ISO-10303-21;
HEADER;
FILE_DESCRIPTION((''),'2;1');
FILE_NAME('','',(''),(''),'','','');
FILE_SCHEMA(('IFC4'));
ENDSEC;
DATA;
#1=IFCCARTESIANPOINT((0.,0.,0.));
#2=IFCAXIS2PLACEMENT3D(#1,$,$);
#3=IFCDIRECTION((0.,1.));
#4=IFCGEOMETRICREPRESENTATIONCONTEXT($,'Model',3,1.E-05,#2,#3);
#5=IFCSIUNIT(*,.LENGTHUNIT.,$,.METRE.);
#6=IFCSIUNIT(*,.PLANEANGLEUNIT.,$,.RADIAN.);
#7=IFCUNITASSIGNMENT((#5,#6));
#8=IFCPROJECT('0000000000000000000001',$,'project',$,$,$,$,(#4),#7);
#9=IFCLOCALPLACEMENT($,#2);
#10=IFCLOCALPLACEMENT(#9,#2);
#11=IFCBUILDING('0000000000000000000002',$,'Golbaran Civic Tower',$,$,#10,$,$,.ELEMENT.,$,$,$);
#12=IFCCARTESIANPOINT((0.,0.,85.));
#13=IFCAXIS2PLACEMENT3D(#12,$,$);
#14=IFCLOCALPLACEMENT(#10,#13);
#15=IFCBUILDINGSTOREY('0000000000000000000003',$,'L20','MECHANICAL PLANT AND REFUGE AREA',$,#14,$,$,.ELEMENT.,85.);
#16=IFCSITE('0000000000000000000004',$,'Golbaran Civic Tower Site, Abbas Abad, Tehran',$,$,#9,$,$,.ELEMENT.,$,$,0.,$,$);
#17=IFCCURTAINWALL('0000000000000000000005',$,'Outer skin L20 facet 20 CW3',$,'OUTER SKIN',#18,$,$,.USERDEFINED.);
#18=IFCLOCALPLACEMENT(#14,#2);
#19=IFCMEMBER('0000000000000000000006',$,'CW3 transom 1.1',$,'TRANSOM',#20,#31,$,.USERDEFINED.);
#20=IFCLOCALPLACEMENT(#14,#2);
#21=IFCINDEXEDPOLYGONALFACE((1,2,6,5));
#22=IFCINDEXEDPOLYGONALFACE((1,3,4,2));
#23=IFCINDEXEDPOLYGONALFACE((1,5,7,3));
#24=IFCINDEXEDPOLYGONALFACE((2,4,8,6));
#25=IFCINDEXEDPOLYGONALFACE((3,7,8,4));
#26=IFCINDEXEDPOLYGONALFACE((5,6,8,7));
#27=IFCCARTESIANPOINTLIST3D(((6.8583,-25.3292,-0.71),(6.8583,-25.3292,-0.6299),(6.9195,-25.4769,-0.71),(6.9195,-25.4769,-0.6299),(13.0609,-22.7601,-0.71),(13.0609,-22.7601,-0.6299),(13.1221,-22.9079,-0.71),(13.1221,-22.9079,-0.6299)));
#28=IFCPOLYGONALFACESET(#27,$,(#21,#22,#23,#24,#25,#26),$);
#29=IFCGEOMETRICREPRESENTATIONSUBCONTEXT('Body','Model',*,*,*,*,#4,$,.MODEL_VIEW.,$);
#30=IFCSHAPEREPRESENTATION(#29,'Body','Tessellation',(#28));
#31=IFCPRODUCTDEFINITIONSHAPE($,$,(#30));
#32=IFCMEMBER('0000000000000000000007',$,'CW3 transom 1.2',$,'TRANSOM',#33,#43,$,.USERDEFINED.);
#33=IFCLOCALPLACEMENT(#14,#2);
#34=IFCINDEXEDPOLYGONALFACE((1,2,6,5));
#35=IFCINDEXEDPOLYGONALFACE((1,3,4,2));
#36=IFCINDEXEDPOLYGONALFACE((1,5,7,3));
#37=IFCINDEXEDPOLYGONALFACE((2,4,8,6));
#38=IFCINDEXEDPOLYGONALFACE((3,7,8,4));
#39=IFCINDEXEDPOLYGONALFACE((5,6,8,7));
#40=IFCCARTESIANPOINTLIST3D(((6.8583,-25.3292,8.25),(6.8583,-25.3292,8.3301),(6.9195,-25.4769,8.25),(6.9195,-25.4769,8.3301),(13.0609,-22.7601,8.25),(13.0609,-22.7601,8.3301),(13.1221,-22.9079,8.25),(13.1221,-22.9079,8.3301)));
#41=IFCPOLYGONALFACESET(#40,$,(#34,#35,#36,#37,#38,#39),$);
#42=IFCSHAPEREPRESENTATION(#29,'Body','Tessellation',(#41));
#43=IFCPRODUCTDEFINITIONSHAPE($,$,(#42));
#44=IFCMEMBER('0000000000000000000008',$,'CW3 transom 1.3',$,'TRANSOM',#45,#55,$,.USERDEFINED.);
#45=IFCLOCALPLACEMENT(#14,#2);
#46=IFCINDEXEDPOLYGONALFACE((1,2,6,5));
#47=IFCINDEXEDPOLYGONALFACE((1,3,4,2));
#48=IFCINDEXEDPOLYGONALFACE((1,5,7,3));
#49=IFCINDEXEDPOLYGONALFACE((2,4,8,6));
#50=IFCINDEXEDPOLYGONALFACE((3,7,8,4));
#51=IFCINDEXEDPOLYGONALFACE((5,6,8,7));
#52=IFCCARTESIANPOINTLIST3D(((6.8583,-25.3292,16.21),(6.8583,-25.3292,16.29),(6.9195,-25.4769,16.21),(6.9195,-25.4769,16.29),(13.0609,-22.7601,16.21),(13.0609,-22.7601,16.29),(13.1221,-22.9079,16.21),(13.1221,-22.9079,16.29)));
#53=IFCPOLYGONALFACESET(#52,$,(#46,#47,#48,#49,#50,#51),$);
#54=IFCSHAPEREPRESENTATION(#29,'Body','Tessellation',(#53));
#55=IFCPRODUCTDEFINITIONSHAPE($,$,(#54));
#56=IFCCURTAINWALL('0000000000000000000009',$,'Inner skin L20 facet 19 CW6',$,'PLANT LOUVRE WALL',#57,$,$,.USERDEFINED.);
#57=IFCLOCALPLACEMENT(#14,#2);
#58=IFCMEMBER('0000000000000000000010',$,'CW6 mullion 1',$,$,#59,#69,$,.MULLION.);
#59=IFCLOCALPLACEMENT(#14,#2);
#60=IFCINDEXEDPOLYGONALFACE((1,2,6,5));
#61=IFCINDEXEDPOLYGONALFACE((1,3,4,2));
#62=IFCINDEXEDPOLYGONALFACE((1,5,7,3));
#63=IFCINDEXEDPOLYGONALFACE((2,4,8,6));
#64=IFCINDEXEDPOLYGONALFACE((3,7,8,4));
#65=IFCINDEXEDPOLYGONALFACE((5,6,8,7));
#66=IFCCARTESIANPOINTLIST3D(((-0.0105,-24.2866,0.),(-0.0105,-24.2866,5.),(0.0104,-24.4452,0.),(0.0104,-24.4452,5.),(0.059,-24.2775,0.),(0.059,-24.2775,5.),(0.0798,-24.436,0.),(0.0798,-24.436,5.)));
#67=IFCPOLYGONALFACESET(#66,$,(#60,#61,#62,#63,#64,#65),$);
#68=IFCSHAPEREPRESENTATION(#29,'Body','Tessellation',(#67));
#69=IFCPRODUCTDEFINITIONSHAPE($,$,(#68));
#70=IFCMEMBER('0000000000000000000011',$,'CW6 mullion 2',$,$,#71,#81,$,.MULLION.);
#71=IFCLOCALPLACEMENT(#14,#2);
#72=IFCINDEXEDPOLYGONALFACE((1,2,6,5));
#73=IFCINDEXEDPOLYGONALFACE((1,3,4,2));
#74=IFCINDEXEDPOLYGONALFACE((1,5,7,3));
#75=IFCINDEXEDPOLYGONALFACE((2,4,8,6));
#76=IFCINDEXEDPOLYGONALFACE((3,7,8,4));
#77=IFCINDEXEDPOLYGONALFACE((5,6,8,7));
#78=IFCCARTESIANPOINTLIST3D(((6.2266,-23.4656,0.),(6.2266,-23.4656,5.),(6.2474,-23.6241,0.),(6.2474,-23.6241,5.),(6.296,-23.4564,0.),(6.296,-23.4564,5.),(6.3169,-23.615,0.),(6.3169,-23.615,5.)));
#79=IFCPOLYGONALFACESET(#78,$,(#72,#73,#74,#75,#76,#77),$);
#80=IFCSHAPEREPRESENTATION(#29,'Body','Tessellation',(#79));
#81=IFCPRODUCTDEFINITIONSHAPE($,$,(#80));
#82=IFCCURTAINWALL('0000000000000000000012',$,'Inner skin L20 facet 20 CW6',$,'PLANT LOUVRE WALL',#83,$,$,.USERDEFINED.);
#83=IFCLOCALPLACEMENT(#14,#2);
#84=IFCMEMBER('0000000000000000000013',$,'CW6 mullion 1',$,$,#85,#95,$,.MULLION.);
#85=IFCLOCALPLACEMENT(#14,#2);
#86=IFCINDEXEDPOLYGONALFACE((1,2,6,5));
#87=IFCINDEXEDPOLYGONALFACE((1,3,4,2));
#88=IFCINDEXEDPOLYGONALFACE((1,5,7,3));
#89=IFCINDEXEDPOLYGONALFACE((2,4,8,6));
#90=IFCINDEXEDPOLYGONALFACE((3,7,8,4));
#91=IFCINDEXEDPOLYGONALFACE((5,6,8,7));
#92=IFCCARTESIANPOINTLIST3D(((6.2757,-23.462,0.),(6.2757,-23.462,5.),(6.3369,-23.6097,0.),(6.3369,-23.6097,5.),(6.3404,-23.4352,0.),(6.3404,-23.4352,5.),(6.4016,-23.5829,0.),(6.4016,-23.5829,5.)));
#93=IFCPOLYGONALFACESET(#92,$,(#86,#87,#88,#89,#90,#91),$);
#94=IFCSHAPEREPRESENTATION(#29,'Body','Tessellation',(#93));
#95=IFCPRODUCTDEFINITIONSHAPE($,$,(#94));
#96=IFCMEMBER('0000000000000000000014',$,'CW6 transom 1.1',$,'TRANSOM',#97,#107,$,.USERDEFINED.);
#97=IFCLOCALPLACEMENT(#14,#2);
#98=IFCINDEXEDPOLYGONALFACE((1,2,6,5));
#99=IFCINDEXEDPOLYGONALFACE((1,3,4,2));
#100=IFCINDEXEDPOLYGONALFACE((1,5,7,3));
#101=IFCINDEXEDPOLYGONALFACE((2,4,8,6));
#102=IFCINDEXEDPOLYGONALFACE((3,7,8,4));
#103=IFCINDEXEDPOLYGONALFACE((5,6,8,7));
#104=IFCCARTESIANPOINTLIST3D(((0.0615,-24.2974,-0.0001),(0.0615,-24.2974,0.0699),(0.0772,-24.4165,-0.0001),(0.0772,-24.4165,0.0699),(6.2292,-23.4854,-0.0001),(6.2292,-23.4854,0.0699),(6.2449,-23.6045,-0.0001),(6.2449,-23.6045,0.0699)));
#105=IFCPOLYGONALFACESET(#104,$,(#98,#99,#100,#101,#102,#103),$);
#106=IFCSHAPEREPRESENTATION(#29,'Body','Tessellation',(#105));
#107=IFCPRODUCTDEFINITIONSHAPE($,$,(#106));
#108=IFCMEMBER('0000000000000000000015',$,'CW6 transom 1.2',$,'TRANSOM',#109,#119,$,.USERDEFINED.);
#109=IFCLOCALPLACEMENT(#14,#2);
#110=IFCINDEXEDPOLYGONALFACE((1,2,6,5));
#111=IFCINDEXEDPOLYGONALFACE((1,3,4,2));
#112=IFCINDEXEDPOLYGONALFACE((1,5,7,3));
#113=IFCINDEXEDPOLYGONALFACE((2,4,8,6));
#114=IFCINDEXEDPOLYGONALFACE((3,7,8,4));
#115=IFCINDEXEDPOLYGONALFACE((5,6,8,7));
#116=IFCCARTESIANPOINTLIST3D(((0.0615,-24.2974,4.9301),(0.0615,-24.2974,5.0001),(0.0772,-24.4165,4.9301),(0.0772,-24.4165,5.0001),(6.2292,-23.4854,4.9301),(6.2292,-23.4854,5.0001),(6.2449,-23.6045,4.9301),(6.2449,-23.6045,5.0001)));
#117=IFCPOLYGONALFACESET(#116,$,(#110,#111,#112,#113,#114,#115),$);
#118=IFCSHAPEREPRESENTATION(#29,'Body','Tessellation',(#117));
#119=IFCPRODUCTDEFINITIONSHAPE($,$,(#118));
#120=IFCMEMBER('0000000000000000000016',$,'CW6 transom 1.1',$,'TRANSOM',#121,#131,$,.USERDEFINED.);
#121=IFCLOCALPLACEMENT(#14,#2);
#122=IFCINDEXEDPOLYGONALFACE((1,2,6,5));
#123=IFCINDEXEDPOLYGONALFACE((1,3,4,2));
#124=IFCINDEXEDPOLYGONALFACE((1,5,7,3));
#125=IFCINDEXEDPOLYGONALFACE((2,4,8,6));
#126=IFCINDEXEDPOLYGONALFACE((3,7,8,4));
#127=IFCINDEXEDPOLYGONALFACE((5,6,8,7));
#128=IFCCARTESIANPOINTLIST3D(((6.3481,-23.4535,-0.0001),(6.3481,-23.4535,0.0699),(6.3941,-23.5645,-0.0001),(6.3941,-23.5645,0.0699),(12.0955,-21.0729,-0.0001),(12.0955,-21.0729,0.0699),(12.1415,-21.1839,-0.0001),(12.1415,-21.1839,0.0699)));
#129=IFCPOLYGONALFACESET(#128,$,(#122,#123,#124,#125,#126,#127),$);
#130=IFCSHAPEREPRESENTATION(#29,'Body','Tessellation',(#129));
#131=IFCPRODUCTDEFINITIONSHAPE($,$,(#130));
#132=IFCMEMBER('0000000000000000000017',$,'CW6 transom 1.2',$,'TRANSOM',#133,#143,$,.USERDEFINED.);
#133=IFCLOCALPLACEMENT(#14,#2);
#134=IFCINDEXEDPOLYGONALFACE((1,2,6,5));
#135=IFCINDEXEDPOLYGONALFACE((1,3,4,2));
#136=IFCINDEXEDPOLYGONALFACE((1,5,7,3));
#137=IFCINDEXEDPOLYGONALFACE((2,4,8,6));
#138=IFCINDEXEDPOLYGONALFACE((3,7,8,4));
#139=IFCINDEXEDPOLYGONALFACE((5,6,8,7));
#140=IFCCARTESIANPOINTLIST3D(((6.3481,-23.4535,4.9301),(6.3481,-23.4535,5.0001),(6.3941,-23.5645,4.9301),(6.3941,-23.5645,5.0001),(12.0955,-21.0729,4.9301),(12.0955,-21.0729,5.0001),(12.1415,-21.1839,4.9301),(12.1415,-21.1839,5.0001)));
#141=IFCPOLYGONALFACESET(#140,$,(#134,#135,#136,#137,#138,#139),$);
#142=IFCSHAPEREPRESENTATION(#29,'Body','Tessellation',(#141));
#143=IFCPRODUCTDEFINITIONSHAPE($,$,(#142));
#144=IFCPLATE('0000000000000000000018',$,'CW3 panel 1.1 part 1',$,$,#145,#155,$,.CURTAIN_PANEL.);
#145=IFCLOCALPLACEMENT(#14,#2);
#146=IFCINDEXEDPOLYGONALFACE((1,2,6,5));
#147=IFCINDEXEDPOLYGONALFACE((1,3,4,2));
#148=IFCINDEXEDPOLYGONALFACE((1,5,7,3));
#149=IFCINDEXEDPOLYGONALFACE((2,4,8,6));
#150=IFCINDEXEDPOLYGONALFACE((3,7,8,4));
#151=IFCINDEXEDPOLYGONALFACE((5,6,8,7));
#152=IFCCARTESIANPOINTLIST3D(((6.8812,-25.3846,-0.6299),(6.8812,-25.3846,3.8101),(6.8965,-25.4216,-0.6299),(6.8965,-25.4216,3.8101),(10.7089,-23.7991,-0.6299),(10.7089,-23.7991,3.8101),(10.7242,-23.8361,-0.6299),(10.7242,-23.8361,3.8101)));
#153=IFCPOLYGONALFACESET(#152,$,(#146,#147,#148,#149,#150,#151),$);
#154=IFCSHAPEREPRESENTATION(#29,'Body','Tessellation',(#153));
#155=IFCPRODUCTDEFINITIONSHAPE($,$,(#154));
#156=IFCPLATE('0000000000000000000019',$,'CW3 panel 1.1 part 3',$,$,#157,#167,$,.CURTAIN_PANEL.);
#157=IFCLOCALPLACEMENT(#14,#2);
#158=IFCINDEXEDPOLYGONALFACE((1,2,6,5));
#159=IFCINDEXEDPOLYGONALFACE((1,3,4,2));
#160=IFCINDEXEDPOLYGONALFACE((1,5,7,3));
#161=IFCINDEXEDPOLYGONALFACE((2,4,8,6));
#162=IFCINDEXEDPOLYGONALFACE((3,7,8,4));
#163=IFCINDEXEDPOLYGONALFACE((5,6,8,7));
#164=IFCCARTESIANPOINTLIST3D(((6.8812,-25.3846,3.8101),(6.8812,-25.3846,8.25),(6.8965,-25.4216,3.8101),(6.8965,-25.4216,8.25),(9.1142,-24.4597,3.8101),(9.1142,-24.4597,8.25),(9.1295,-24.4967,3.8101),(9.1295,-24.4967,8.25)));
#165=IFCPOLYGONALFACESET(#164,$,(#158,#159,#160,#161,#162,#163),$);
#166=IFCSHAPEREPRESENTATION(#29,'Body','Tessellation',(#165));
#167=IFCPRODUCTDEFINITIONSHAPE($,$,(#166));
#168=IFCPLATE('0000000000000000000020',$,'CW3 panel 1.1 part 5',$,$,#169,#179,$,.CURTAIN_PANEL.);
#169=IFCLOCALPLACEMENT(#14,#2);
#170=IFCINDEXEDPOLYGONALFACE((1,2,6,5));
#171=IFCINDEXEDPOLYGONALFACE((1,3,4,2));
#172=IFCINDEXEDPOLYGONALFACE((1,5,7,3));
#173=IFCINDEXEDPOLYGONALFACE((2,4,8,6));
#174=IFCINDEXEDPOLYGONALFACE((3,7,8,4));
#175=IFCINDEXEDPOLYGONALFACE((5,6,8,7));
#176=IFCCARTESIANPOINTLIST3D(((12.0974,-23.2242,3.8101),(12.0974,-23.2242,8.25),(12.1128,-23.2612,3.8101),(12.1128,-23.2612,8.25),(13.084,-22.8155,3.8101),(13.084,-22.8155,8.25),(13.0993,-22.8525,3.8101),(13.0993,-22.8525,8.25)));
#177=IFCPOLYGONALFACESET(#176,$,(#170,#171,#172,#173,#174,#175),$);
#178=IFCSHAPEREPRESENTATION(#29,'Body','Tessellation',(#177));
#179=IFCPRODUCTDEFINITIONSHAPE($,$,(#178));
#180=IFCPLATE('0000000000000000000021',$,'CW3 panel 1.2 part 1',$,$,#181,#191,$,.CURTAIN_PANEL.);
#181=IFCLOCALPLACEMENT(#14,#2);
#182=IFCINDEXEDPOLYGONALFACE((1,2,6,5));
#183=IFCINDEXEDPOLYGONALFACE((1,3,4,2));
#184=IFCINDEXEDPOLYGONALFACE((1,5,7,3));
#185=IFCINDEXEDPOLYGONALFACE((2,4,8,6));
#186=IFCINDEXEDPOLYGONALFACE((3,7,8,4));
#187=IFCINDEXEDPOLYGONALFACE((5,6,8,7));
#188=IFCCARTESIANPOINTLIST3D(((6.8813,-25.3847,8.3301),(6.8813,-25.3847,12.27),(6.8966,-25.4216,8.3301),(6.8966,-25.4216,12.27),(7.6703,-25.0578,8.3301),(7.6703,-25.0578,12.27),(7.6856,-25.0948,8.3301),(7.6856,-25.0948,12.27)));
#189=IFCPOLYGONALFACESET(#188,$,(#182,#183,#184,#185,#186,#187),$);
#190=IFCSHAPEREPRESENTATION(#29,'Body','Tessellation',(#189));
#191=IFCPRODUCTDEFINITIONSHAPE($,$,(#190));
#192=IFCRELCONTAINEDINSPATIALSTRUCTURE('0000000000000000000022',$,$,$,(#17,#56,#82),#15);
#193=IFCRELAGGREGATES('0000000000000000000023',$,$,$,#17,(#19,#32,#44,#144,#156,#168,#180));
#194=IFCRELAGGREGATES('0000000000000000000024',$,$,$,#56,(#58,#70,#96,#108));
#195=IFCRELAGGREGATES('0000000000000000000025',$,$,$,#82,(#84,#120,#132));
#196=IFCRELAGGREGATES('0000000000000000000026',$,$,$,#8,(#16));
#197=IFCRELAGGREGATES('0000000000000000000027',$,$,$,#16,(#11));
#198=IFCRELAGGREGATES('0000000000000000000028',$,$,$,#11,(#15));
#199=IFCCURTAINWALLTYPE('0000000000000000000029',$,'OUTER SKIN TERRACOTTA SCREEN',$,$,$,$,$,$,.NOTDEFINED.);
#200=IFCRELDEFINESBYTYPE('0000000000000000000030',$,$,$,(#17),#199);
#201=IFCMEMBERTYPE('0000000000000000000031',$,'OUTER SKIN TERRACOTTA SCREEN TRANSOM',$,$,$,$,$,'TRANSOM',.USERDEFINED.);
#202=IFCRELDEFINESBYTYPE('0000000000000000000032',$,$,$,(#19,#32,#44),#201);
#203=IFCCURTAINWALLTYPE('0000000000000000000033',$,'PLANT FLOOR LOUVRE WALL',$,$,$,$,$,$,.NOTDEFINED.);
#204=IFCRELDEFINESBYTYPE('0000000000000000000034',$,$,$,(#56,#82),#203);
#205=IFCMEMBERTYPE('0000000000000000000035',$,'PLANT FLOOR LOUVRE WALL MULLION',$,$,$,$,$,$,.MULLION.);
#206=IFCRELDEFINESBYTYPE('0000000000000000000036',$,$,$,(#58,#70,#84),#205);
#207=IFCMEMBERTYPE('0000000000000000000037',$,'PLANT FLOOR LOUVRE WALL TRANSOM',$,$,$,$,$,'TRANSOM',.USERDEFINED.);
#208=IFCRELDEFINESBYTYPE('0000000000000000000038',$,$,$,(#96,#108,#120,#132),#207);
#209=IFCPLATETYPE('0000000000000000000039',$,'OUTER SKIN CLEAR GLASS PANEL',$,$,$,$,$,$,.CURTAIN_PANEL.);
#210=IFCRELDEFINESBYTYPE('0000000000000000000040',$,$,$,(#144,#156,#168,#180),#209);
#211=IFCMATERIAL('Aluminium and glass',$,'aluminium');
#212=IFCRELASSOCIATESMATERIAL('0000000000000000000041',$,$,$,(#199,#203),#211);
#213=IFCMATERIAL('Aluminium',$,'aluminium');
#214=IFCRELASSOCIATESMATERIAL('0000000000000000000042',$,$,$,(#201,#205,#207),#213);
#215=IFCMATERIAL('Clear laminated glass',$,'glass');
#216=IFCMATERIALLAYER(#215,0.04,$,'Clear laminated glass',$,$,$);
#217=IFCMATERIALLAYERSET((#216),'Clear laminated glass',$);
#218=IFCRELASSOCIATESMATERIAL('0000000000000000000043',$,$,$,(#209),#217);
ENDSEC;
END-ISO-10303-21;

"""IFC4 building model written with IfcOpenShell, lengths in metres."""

from ifc_helpers import new_model, si_unit, direction, frame, origin, origin_2d, place, context, subcontext, project, spatial, rectangle, extrude, material, layer, layer_set, material_profile, profile_set, type_object, element, aggregate, save


model = new_model("IFC4")

# Units and contexts
model_context = context("Model", 3, precision=1e-05, world=origin(), true_north=direction((0.0, 1.0)))
body_context = subcontext(model_context, "Body", "Model", "MODEL_VIEW")
ifc_project = project(units=[si_unit("LENGTHUNIT", "METRE"), si_unit("PLANEANGLEUNIT", "RADIAN")], contexts=[model_context])

# Site, building, storey
site_placement = place(None, origin())
site = spatial("IfcSite", under=ifc_project, at=site_placement, Name="Golbaran Civic Tower Site, Abbas Abad, Tehran", CompositionType="ELEMENT", RefElevation=0.0)
building_placement = place(site_placement, origin())
building = spatial("IfcBuilding", under=site, at=building_placement, Name="Golbaran Civic Tower", CompositionType="ELEMENT")
storey_placement = place(building_placement, frame((0.0, 0.0, 85.0)))
storey = spatial("IfcBuildingStorey", under=building, at=storey_placement, Name="L20", Description="MECHANICAL PLANT AND REFUGE AREA", CompositionType="ELEMENT", Elevation=85.0)

# Shared definitions
ifc_material_1 = material(Name="Aluminium and glass", Category="aluminium")
curtain_wall_type_1 = type_object("IfcCurtainWallType", Name="OUTER SKIN TERRACOTTA SCREEN", PredefinedType="NOTDEFINED", material=ifc_material_1)
ifc_material_2 = material(Name="Aluminium", Category="aluminium")

# Curtain wall
curtain_wall_1_placement = place(storey_placement, origin())
curtain_wall_1 = element("IfcCurtainWall", 1, at=curtain_wall_1_placement, inside=storey, type_object=curtain_wall_type_1, Name="Outer skin L20 facet 20 CW3", ObjectType="OUTER SKIN", PredefinedType="USERDEFINED")

# Members
ifc_material_profile_1 = material_profile(ifc_material_2, rectangle(XDim=0.1599, YDim=0.0801, at=origin_2d()), Name="OUTER SKIN TERRACOTTA SCREEN TRANSOM")
ifc_profile_set_1 = profile_set([ifc_material_profile_1], Name="Aluminium")
member_type_1 = type_object("IfcMemberType", Name="OUTER SKIN TERRACOTTA SCREEN TRANSOM", ElementType="TRANSOM", PredefinedType="USERDEFINED", material=ifc_profile_set_1)
member_1_placement = place(storey_placement, frame((6.8889, -25.4031, -0.6699), z_axis=(0.923886, 0.382668, 0.0), x_axis=(-0.382668, 0.923886, 0.0)))
member_1 = element("IfcMember", 2, at=member_1_placement, type_object=member_type_1, Name="CW3 transom 1.1", ObjectType="TRANSOM", PredefinedType="USERDEFINED", context=body_context, shape_type="SweptSolid", body=[
    extrude(rectangle(XDim=0.1599, YDim=0.0801, at=origin_2d()), origin(), (0.0, 0.0, 1.0), 6.7136),
])
member_2_placement = place(storey_placement, frame((6.8889, -25.4031, 8.29), z_axis=(0.923886, 0.382668, 0.0), x_axis=(-0.382668, 0.923886, 0.0)))
member_2 = element("IfcMember", 3, at=member_2_placement, type_object=member_type_1, Name="CW3 transom 1.2", ObjectType="TRANSOM", PredefinedType="USERDEFINED", context=body_context, shape_type="SweptSolid", body=[
    extrude(rectangle(XDim=0.1599, YDim=0.0801, at=origin_2d()), origin(), (0.0, 0.0, 1.0), 6.7136),
])
member_3_placement = place(storey_placement, frame((6.8889, -25.4031, 16.25), z_axis=(0.923886, 0.382668, 0.0), x_axis=(-0.382668, 0.923886, 0.0)))
member_3 = element("IfcMember", 4, at=member_3_placement, type_object=member_type_1, Name="CW3 transom 1.3", ObjectType="TRANSOM", PredefinedType="USERDEFINED", context=body_context, shape_type="SweptSolid", body=[
    extrude(rectangle(XDim=0.1599, YDim=0.0801, at=origin_2d()), origin(), (0.0, 0.0, 1.0), 6.7136),
])

# Curtain wall, members
curtain_wall_type_2 = type_object("IfcCurtainWallType", Name="PLANT FLOOR LOUVRE WALL", PredefinedType="NOTDEFINED", material=ifc_material_1)
curtain_wall_2_placement = place(storey_placement, origin())
curtain_wall_2 = element("IfcCurtainWall", 5, at=curtain_wall_2_placement, inside=storey, type_object=curtain_wall_type_2, Name="Inner skin L20 facet 19 CW6", ObjectType="PLANT LOUVRE WALL", PredefinedType="USERDEFINED")
ifc_material_profile_2 = material_profile(ifc_material_2, rectangle(XDim=0.1599, YDim=0.0701, at=origin_2d()), Name="PLANT FLOOR LOUVRE WALL MULLION")
ifc_profile_set_2 = profile_set([ifc_material_profile_2], Name="Aluminium")
member_type_2 = type_object("IfcMemberType", Name="PLANT FLOOR LOUVRE WALL MULLION", PredefinedType="MULLION", material=ifc_profile_set_2)
member_4_placement = place(storey_placement, frame((0.0347, -24.3613, 0.0), z_axis=(0.0, 0.0, 1.0), x_axis=(-0.130526, 0.991445, 0.0)))
member_4 = element("IfcMember", 6, at=member_4_placement, type_object=member_type_2, Name="CW6 mullion 1", PredefinedType="MULLION", context=body_context, shape_type="SweptSolid", body=[
    extrude(rectangle(XDim=0.1599, YDim=0.0701, at=origin_2d()), origin(), (0.0, 0.0, 1.0), 5.0),
])
member_5_placement = place(storey_placement, frame((6.2717, -23.5403, 0.0), z_axis=(0.0, 0.0, 1.0), x_axis=(-0.130526, 0.991445, 0.0)))
member_5 = element("IfcMember", 7, at=member_5_placement, type_object=member_type_2, Name="CW6 mullion 2", PredefinedType="MULLION", context=body_context, shape_type="SweptSolid", body=[
    extrude(rectangle(XDim=0.1599, YDim=0.0701, at=origin_2d()), origin(), (0.0, 0.0, 1.0), 5.0),
])

# Curtain wall, member
curtain_wall_3_placement = place(storey_placement, origin())
curtain_wall_3 = element("IfcCurtainWall", 8, at=curtain_wall_3_placement, inside=storey, type_object=curtain_wall_type_2, Name="Inner skin L20 facet 20 CW6", ObjectType="PLANT LOUVRE WALL", PredefinedType="USERDEFINED")
member_6_placement = place(storey_placement, frame((6.3386, -23.5225, 0.0), z_axis=(0.0, 0.0, 1.0), x_axis=(-0.382683, 0.92388, 0.0)))
member_6 = element("IfcMember", 9, at=member_6_placement, type_object=member_type_2, Name="CW6 mullion 1", PredefinedType="MULLION", context=body_context, shape_type="SweptSolid", body=[
    extrude(rectangle(XDim=0.1599, YDim=0.0701, at=origin_2d()), origin(), (0.0, 0.0, 1.0), 5.0),
])

# Members
ifc_material_profile_3 = material_profile(ifc_material_2, rectangle(XDim=0.1201, YDim=0.0701, at=origin_2d()), Name="PLANT FLOOR LOUVRE WALL TRANSOM")
ifc_profile_set_3 = profile_set([ifc_material_profile_3], Name="Aluminium")
member_type_3 = type_object("IfcMemberType", Name="PLANT FLOOR LOUVRE WALL TRANSOM", ElementType="TRANSOM", PredefinedType="USERDEFINED", material=ifc_profile_set_3)
member_7_placement = place(storey_placement, frame((0.0693, -24.3569, 0.0349), z_axis=(0.991445, 0.130529, 0.0), x_axis=(-0.130529, 0.991445, 0.0)))
member_7 = element("IfcMember", 10, at=member_7_placement, type_object=member_type_3, Name="CW6 transom 1.1", ObjectType="TRANSOM", PredefinedType="USERDEFINED", context=body_context, shape_type="SweptSolid", body=[
    extrude(rectangle(XDim=0.1201, YDim=0.0701, at=origin_2d()), origin(), (0.0, 0.0, 1.0), 6.2209),
])
member_8_placement = place(storey_placement, frame((0.0693, -24.3569, 4.9651), z_axis=(0.991445, 0.130529, 0.0), x_axis=(-0.130529, 0.991445, 0.0)))
member_8 = element("IfcMember", 11, at=member_8_placement, type_object=member_type_3, Name="CW6 transom 1.2", ObjectType="TRANSOM", PredefinedType="USERDEFINED", context=body_context, shape_type="SweptSolid", body=[
    extrude(rectangle(XDim=0.1201, YDim=0.0701, at=origin_2d()), origin(), (0.0, 0.0, 1.0), 6.2209),
])
member_9_placement = place(storey_placement, frame((6.3711, -23.509, 0.0349), z_axis=(0.92388, 0.382683, 0.0), x_axis=(-0.382683, 0.92388, 0.0)))
member_9 = element("IfcMember", 12, at=member_9_placement, type_object=member_type_3, Name="CW6 transom 1.1", ObjectType="TRANSOM", PredefinedType="USERDEFINED", context=body_context, shape_type="SweptSolid", body=[
    extrude(rectangle(XDim=0.1201, YDim=0.0701, at=origin_2d()), origin(), (0.0, 0.0, 1.0), 6.2209),
])
member_10_placement = place(storey_placement, frame((6.3711, -23.509, 4.9651), z_axis=(0.92388, 0.382683, 0.0), x_axis=(-0.382683, 0.92388, 0.0)))
member_10 = element("IfcMember", 13, at=member_10_placement, type_object=member_type_3, Name="CW6 transom 1.2", ObjectType="TRANSOM", PredefinedType="USERDEFINED", context=body_context, shape_type="SweptSolid", body=[
    extrude(rectangle(XDim=0.1201, YDim=0.0701, at=origin_2d()), origin(), (0.0, 0.0, 1.0), 6.2209),
])

# Plates
ifc_material_3 = material(Name="Clear laminated glass", Category="glass")
ifc_layer_1 = layer(ifc_material_3, 0.04, Name="Clear laminated glass")
ifc_layer_set_1 = layer_set([ifc_layer_1], Name="Clear laminated glass")
plate_type_1 = type_object("IfcPlateType", Name="OUTER SKIN CLEAR GLASS PANEL", PredefinedType="CURTAIN_PANEL", material=ifc_layer_set_1)
plate_1_placement = place(storey_placement, frame((8.8027, -24.6104, -0.6299), z_axis=(0.0, 0.0, 1.0), x_axis=(0.92388, 0.382683, 0.0)))
plate_1 = element("IfcPlate", 14, at=plate_1_placement, type_object=plate_type_1, Name="CW3 panel 1.1 part 1", PredefinedType="CURTAIN_PANEL", context=body_context, shape_type="SweptSolid", body=[
    extrude(rectangle(XDim=4.1431, YDim=0.04, at=origin_2d()), origin(), (0.0, 0.0, 1.0), 4.4399),
])
plate_2_placement = place(storey_placement, frame((8.0054, -24.9407, 3.8101), z_axis=(0.0, 0.0, 1.0), x_axis=(0.92388, 0.382683, 0.0)))
plate_2 = element("IfcPlate", 15, at=plate_2_placement, type_object=plate_type_1, Name="CW3 panel 1.1 part 3", PredefinedType="CURTAIN_PANEL", context=body_context, shape_type="SweptSolid", body=[
    extrude(rectangle(XDim=2.417, YDim=0.04, at=origin_2d()), origin(), (0.0, 0.0, 1.0), 4.4399),
])
plate_3_placement = place(storey_placement, frame((12.5984, -23.0383, 3.8101), z_axis=(0.0, 0.0, 1.0), x_axis=(0.92388, 0.382683, 0.0)))
plate_3 = element("IfcPlate", 16, at=plate_3_placement, type_object=plate_type_1, Name="CW3 panel 1.1 part 5", PredefinedType="CURTAIN_PANEL", context=body_context, shape_type="SweptSolid", body=[
    extrude(rectangle(XDim=1.0679, YDim=0.04, at=origin_2d()), origin(), (0.0, 0.0, 1.0), 4.4399),
])
plate_4_placement = place(storey_placement, frame((7.2834, -25.2397, 8.3301), z_axis=(0.0, 0.0, 1.0), x_axis=(0.92388, 0.382683, 0.0)))
plate_4 = element("IfcPlate", 17, at=plate_4_placement, type_object=plate_type_1, Name="CW3 panel 1.2 part 1", PredefinedType="CURTAIN_PANEL", context=body_context, shape_type="SweptSolid", body=[
    extrude(rectangle(XDim=0.854, YDim=0.04, at=origin_2d()), origin(), (0.0, 0.0, 1.0), 3.9399),
])
aggregate(curtain_wall_1, [member_1, member_2, member_3, plate_1, plate_2, plate_3, plate_4])
aggregate(curtain_wall_2, [member_4, member_5, member_7, member_8])
aggregate(curtain_wall_3, [member_6, member_9, member_10])

save(model, "model.ifc")
